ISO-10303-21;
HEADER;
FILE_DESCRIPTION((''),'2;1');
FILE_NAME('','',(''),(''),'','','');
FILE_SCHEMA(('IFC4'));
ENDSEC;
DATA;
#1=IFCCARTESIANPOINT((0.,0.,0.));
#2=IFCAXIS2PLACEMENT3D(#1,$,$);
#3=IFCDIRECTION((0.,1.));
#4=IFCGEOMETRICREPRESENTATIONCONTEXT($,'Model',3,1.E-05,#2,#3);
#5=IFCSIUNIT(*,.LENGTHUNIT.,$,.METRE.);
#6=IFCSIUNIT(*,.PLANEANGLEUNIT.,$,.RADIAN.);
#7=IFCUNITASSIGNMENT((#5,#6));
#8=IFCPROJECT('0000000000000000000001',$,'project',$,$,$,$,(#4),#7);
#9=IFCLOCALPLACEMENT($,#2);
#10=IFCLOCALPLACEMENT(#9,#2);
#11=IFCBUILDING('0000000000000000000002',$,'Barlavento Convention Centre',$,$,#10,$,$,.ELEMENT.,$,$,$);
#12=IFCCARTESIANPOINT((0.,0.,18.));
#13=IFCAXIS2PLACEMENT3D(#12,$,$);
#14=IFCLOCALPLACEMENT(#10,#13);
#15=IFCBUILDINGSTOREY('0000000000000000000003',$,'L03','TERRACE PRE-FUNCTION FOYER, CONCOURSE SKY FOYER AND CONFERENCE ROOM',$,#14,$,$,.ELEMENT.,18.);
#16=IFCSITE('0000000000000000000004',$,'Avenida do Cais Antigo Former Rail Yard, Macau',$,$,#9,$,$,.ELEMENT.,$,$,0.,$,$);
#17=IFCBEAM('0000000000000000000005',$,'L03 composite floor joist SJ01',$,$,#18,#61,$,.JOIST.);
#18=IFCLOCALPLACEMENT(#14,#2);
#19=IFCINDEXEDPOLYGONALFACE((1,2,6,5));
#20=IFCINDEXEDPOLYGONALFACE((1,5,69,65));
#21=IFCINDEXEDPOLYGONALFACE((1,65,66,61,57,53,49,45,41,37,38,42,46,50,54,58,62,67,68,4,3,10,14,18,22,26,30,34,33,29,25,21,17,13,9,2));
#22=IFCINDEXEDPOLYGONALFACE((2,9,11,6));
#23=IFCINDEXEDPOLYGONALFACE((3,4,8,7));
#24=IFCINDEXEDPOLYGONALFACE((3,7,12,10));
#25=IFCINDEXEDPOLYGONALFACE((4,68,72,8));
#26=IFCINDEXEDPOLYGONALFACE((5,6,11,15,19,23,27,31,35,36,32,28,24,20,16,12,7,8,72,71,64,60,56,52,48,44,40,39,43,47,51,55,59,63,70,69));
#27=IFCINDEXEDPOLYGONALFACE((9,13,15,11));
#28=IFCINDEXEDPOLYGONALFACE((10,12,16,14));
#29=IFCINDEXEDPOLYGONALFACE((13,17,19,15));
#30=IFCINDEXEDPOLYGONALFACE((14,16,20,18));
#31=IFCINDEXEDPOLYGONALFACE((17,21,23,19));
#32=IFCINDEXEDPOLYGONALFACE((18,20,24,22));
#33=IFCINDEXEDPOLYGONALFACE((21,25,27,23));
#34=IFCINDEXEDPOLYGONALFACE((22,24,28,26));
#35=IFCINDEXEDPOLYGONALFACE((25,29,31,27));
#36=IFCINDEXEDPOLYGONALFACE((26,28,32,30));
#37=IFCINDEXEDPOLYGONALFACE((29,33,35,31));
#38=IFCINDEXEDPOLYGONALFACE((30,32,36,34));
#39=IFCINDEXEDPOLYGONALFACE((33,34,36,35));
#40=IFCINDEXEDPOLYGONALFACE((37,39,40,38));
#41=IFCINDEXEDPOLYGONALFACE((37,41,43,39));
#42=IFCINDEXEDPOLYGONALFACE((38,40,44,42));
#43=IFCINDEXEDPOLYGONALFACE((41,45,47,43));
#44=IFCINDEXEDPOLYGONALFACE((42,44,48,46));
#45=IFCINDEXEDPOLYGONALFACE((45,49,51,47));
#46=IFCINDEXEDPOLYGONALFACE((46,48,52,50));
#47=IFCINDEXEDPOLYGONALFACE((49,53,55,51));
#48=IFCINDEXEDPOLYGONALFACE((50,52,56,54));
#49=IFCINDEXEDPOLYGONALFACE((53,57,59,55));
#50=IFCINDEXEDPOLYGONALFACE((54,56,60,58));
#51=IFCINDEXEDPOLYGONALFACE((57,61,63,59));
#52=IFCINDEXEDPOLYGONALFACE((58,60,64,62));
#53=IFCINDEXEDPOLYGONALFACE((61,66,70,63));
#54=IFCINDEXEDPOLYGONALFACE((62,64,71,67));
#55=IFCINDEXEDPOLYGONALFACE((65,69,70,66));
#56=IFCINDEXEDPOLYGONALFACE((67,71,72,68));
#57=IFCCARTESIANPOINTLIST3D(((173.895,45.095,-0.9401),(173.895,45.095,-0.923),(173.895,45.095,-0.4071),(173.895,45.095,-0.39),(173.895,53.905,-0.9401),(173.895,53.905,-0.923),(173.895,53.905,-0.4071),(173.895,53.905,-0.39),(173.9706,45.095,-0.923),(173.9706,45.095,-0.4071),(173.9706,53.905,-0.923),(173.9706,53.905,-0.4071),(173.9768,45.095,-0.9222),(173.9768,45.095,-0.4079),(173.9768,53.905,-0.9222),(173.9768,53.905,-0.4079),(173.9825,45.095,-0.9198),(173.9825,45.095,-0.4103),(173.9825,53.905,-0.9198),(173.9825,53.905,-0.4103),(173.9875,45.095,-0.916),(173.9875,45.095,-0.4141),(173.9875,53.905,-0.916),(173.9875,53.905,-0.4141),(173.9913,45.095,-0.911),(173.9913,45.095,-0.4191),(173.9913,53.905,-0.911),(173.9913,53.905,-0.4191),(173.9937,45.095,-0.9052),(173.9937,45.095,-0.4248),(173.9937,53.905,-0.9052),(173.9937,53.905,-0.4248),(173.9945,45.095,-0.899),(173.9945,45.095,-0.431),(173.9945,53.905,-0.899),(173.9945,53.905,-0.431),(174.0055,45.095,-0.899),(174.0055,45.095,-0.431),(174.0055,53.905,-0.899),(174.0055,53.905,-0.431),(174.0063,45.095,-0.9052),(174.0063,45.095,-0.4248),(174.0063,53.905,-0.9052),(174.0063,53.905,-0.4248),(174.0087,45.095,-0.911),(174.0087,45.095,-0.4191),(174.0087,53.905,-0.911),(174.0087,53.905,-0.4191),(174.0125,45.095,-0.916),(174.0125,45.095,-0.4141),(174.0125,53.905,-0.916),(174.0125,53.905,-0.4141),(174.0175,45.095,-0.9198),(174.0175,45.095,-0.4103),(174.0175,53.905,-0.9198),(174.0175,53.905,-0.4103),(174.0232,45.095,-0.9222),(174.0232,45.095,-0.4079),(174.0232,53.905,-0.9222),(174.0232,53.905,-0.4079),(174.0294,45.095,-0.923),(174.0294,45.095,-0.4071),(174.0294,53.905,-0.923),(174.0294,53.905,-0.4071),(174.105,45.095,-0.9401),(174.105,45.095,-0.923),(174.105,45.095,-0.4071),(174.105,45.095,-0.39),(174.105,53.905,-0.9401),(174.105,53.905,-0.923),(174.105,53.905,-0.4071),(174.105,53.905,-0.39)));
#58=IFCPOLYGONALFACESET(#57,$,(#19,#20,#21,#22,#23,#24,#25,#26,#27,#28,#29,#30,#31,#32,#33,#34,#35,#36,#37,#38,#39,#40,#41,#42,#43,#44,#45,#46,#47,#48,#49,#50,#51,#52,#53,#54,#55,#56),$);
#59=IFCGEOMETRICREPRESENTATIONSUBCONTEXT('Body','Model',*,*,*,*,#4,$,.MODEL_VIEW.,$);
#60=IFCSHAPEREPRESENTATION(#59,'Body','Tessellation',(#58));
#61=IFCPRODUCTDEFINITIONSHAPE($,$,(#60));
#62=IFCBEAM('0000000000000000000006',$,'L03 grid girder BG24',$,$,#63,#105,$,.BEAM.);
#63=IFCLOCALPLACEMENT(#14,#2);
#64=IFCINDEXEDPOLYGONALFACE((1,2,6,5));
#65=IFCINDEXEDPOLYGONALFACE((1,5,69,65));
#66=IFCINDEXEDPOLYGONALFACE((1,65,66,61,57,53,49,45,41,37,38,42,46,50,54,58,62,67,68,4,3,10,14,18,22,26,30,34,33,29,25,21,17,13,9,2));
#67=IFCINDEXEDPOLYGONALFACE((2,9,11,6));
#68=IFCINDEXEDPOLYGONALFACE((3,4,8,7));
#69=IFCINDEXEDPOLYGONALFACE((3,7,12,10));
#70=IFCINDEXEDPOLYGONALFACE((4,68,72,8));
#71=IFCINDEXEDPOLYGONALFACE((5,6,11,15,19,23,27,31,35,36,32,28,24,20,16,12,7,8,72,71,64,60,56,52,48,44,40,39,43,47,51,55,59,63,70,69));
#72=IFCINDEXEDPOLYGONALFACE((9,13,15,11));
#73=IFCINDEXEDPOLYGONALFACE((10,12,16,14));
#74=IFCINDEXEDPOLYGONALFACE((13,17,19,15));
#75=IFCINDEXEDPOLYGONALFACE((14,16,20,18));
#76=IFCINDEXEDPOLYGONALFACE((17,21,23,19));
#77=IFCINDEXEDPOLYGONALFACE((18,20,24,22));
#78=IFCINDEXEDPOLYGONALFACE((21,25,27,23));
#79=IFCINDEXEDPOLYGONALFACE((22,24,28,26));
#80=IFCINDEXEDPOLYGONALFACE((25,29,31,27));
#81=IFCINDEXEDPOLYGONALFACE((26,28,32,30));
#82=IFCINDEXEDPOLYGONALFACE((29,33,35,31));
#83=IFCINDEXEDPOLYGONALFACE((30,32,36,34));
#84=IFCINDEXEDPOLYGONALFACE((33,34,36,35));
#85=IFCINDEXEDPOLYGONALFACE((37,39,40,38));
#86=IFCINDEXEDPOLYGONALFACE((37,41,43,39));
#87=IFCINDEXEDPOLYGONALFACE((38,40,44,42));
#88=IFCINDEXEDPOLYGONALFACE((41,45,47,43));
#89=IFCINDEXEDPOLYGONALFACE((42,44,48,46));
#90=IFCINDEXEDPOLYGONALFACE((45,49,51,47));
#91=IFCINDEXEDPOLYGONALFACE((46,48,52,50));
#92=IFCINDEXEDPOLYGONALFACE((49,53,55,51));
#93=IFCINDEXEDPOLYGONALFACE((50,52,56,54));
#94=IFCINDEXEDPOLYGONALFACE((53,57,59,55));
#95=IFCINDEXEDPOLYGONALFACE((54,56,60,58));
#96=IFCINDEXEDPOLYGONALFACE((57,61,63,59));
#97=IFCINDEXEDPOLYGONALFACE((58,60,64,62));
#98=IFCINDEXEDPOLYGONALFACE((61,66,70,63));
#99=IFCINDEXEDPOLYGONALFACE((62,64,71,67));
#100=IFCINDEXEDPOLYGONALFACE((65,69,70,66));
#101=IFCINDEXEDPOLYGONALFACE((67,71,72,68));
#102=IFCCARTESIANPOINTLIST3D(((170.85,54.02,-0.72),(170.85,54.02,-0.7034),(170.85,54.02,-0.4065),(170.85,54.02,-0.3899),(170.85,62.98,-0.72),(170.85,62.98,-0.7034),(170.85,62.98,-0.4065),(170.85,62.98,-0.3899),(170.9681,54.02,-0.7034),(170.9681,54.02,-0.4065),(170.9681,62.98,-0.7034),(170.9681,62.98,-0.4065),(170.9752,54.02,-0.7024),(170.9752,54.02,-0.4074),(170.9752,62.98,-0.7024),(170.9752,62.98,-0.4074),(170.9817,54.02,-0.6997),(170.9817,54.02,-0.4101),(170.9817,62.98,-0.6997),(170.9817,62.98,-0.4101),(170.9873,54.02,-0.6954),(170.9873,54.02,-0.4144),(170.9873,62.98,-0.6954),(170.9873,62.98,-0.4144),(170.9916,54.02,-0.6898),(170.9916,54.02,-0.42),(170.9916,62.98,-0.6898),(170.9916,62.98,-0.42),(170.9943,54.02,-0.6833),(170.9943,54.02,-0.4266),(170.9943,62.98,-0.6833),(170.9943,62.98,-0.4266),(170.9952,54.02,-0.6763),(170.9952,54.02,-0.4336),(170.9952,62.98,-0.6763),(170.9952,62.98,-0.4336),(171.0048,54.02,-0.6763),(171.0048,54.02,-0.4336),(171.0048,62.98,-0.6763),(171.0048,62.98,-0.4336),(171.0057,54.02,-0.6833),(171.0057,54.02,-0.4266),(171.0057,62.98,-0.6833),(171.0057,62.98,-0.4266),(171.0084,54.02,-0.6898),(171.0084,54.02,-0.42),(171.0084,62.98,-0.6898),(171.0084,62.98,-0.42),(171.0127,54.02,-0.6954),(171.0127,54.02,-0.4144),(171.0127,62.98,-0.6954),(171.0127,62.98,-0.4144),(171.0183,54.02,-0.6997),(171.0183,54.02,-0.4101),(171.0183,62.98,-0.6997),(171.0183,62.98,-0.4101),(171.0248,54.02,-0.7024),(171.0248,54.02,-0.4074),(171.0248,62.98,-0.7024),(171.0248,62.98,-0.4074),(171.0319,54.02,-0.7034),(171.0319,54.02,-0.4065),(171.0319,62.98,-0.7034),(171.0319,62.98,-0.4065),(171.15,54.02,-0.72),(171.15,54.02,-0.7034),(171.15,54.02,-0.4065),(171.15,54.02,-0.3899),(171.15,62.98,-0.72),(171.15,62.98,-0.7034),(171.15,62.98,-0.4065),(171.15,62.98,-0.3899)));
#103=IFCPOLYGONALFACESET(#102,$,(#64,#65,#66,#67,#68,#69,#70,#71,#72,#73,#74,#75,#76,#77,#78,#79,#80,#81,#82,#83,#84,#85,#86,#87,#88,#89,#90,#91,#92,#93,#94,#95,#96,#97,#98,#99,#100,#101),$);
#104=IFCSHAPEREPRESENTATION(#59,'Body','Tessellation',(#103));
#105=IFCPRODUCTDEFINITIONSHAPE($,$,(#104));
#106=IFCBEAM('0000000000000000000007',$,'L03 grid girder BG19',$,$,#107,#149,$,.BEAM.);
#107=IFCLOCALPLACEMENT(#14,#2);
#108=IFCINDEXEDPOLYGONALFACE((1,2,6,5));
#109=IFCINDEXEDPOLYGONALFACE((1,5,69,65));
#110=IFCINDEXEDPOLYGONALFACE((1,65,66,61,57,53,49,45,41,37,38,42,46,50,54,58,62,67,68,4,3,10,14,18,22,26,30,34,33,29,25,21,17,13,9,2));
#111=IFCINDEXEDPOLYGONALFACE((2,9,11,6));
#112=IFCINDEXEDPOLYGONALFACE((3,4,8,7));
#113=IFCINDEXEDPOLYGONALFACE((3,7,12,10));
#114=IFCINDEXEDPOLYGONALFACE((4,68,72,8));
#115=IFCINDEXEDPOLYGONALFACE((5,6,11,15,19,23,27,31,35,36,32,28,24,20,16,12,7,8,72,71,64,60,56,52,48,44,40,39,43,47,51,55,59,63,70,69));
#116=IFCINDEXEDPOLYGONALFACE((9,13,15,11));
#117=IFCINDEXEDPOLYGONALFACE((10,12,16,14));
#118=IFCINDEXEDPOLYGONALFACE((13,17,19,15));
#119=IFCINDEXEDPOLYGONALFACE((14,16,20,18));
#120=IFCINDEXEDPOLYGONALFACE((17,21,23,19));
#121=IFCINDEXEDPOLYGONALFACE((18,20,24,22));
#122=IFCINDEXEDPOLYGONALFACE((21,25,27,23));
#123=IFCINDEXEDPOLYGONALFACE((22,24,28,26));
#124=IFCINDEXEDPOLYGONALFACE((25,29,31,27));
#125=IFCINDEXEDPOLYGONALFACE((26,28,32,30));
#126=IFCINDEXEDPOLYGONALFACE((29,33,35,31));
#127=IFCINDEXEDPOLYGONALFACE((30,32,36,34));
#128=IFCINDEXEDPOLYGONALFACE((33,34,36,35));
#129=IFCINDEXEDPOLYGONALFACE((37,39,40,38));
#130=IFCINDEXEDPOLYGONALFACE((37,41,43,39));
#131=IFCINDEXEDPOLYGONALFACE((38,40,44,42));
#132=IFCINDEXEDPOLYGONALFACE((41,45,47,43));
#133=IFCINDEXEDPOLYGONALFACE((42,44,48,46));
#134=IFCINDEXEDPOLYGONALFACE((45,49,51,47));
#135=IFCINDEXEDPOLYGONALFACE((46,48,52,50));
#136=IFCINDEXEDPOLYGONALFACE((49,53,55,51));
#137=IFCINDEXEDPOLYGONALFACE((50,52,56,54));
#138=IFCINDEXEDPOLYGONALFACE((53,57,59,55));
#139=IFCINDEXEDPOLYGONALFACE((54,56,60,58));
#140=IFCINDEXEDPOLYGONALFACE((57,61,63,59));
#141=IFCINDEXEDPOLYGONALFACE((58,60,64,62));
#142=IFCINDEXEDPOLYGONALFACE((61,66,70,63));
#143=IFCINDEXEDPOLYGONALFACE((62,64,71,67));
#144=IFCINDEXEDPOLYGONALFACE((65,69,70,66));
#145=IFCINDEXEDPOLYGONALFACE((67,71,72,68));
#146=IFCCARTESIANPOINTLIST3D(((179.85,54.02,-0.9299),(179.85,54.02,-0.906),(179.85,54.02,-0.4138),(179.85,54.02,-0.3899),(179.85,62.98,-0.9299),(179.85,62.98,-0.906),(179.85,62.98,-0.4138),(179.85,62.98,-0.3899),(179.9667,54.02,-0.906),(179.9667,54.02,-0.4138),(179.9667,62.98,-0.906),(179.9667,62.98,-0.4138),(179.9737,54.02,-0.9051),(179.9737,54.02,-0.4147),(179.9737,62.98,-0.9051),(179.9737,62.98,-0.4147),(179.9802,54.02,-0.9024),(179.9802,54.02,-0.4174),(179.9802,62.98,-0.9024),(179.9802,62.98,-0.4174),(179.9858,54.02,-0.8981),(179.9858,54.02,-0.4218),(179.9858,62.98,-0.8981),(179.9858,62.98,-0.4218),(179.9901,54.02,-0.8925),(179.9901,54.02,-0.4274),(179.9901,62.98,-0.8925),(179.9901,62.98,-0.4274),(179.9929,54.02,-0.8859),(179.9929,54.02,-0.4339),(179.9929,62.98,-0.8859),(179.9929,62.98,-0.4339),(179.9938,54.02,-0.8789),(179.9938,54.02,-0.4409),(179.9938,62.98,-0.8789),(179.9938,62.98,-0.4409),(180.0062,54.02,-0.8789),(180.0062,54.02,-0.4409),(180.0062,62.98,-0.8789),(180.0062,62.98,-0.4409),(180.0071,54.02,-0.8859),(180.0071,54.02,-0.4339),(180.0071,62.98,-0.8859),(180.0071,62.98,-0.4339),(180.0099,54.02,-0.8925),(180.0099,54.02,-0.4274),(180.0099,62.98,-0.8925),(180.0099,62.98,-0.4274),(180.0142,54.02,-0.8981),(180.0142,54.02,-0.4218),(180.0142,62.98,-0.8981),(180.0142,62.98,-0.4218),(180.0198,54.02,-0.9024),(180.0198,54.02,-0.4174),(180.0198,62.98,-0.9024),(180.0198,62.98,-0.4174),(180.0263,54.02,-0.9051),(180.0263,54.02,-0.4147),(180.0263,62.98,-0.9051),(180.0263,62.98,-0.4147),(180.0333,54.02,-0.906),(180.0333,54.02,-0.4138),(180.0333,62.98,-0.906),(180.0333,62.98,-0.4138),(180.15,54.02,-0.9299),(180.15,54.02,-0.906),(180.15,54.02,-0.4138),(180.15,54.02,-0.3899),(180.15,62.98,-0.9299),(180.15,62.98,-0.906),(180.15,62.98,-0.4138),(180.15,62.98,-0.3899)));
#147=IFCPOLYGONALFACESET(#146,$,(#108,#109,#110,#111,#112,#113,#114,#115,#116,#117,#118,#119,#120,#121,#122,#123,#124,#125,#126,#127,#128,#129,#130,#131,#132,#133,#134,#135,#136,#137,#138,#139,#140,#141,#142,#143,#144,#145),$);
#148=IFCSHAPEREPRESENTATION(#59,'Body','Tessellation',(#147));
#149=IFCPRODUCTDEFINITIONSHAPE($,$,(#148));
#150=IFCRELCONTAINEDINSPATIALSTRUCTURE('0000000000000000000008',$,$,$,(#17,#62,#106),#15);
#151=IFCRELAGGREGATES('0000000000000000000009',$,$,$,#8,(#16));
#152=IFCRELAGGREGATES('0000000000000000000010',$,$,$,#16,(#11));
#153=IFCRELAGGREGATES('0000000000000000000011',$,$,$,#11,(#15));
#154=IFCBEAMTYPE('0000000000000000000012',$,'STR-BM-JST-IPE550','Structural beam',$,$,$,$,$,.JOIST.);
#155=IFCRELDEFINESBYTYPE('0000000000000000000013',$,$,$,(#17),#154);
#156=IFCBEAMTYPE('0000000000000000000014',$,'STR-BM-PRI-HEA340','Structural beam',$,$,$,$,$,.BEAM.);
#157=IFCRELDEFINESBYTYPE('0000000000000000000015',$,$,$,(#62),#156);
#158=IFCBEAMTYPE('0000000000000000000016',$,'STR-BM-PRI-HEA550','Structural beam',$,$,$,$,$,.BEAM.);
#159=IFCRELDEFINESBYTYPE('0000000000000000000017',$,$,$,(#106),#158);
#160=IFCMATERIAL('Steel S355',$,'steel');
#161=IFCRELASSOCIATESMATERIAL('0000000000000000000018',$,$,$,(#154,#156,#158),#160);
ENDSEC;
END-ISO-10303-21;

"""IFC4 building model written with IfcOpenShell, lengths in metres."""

from ifc_helpers import new_model, si_unit, direction, frame, origin, origin_2d, place, context, subcontext, project, spatial, i_section, extrude, material, material_profile, profile_set, type_object, element, save


model = new_model("IFC4")

# Units and contexts
model_context = context("Model", 3, precision=1e-05, world=origin(), true_north=direction((0.0, 1.0)))
body_context = subcontext(model_context, "Body", "Model", "MODEL_VIEW")
ifc_project = project(units=[si_unit("LENGTHUNIT", "METRE"), si_unit("PLANEANGLEUNIT", "RADIAN")], contexts=[model_context])

# Site, building, storey
site_placement = place(None, origin())
site = spatial("IfcSite", under=ifc_project, at=site_placement, Name="Avenida do Cais Antigo Former Rail Yard, Macau", CompositionType="ELEMENT", RefElevation=0.0)
building_placement = place(site_placement, origin())
building = spatial("IfcBuilding", under=site, at=building_placement, Name="Barlavento Convention Centre", CompositionType="ELEMENT")
storey_placement = place(building_placement, frame((0.0, 0.0, 18.0)))
storey = spatial("IfcBuildingStorey", under=building, at=storey_placement, Name="L03", Description="TERRACE PRE-FUNCTION FOYER, CONCOURSE SKY FOYER AND CONFERENCE ROOM", CompositionType="ELEMENT", Elevation=18.0)

# Shared definitions
ifc_material_1 = material(Name="Steel S355", Category="steel")

# Beams
ifc_material_profile_1 = material_profile(ifc_material_1, i_section(OverallWidth=0.21, OverallDepth=0.55, WebThickness=0.011, FlangeThickness=0.0171, FilletRadius=0.0239, at=origin_2d()), Name="IPE 550")
ifc_profile_set_1 = profile_set([ifc_material_profile_1], Name="Steel S355")
beam_type_1 = type_object("IfcBeamType", Name="STR-BM-JST-IPE550", Description="Structural beam", PredefinedType="JOIST", material=ifc_profile_set_1)
beam_1_placement = place(storey_placement, frame((174.0, 45.095, -0.665), z_axis=(0.0, 1.0, 0.0), x_axis=(-1.0, 0.0, 0.0)))
element("IfcBeam", 1, at=beam_1_placement, inside=storey, type_object=beam_type_1, Name="L03 composite floor joist SJ01", PredefinedType="JOIST", context=body_context, shape_type="SweptSolid", body=[
    extrude(i_section(OverallWidth=0.21, OverallDepth=0.55, WebThickness=0.011, FlangeThickness=0.0171, FilletRadius=0.0239, at=origin_2d()), origin(), (0.0, 0.0, 1.0), 8.8101),
])
ifc_material_profile_2 = material_profile(ifc_material_1, i_section(OverallWidth=0.3, OverallDepth=0.3301, WebThickness=0.0095, FlangeThickness=0.0166, FilletRadius=0.0271, at=origin_2d()), Name="HEA 340")
ifc_profile_set_2 = profile_set([ifc_material_profile_2], Name="Steel S355")
beam_type_2 = type_object("IfcBeamType", Name="STR-BM-PRI-HEA340", Description="Structural beam", PredefinedType="BEAM", material=ifc_profile_set_2)
beam_2_placement = place(storey_placement, frame((171.0, 54.02, -0.5549), z_axis=(0.0, 1.0, 0.0), x_axis=(-1.0, 0.0, 0.0)))
element("IfcBeam", 2, at=beam_2_placement, inside=storey, type_object=beam_type_2, Name="L03 grid girder BG24", PredefinedType="BEAM", context=body_context, shape_type="SweptSolid", body=[
    extrude(i_section(OverallWidth=0.3, OverallDepth=0.3301, WebThickness=0.0095, FlangeThickness=0.0166, FilletRadius=0.0271, at=origin_2d()), origin(), (0.0, 0.0, 1.0), 8.96),
])
ifc_material_profile_3 = material_profile(ifc_material_1, i_section(OverallWidth=0.3, OverallDepth=0.54, WebThickness=0.0125, FlangeThickness=0.0239, FilletRadius=0.0271, at=origin_2d()), Name="HEA 550")
ifc_profile_set_3 = profile_set([ifc_material_profile_3], Name="Steel S355")
beam_type_3 = type_object("IfcBeamType", Name="STR-BM-PRI-HEA550", Description="Structural beam", PredefinedType="BEAM", material=ifc_profile_set_3)
beam_3_placement = place(storey_placement, frame((180.0, 54.02, -0.6599), z_axis=(0.0, 1.0, 0.0), x_axis=(-1.0, 0.0, 0.0)))
element("IfcBeam", 3, at=beam_3_placement, inside=storey, type_object=beam_type_3, Name="L03 grid girder BG19", PredefinedType="BEAM", context=body_context, shape_type="SweptSolid", body=[
    extrude(i_section(OverallWidth=0.3, OverallDepth=0.54, WebThickness=0.0125, FlangeThickness=0.0239, FilletRadius=0.0271, at=origin_2d()), origin(), (0.0, 0.0, 1.0), 8.96),
])

save(model, "model.ifc")
